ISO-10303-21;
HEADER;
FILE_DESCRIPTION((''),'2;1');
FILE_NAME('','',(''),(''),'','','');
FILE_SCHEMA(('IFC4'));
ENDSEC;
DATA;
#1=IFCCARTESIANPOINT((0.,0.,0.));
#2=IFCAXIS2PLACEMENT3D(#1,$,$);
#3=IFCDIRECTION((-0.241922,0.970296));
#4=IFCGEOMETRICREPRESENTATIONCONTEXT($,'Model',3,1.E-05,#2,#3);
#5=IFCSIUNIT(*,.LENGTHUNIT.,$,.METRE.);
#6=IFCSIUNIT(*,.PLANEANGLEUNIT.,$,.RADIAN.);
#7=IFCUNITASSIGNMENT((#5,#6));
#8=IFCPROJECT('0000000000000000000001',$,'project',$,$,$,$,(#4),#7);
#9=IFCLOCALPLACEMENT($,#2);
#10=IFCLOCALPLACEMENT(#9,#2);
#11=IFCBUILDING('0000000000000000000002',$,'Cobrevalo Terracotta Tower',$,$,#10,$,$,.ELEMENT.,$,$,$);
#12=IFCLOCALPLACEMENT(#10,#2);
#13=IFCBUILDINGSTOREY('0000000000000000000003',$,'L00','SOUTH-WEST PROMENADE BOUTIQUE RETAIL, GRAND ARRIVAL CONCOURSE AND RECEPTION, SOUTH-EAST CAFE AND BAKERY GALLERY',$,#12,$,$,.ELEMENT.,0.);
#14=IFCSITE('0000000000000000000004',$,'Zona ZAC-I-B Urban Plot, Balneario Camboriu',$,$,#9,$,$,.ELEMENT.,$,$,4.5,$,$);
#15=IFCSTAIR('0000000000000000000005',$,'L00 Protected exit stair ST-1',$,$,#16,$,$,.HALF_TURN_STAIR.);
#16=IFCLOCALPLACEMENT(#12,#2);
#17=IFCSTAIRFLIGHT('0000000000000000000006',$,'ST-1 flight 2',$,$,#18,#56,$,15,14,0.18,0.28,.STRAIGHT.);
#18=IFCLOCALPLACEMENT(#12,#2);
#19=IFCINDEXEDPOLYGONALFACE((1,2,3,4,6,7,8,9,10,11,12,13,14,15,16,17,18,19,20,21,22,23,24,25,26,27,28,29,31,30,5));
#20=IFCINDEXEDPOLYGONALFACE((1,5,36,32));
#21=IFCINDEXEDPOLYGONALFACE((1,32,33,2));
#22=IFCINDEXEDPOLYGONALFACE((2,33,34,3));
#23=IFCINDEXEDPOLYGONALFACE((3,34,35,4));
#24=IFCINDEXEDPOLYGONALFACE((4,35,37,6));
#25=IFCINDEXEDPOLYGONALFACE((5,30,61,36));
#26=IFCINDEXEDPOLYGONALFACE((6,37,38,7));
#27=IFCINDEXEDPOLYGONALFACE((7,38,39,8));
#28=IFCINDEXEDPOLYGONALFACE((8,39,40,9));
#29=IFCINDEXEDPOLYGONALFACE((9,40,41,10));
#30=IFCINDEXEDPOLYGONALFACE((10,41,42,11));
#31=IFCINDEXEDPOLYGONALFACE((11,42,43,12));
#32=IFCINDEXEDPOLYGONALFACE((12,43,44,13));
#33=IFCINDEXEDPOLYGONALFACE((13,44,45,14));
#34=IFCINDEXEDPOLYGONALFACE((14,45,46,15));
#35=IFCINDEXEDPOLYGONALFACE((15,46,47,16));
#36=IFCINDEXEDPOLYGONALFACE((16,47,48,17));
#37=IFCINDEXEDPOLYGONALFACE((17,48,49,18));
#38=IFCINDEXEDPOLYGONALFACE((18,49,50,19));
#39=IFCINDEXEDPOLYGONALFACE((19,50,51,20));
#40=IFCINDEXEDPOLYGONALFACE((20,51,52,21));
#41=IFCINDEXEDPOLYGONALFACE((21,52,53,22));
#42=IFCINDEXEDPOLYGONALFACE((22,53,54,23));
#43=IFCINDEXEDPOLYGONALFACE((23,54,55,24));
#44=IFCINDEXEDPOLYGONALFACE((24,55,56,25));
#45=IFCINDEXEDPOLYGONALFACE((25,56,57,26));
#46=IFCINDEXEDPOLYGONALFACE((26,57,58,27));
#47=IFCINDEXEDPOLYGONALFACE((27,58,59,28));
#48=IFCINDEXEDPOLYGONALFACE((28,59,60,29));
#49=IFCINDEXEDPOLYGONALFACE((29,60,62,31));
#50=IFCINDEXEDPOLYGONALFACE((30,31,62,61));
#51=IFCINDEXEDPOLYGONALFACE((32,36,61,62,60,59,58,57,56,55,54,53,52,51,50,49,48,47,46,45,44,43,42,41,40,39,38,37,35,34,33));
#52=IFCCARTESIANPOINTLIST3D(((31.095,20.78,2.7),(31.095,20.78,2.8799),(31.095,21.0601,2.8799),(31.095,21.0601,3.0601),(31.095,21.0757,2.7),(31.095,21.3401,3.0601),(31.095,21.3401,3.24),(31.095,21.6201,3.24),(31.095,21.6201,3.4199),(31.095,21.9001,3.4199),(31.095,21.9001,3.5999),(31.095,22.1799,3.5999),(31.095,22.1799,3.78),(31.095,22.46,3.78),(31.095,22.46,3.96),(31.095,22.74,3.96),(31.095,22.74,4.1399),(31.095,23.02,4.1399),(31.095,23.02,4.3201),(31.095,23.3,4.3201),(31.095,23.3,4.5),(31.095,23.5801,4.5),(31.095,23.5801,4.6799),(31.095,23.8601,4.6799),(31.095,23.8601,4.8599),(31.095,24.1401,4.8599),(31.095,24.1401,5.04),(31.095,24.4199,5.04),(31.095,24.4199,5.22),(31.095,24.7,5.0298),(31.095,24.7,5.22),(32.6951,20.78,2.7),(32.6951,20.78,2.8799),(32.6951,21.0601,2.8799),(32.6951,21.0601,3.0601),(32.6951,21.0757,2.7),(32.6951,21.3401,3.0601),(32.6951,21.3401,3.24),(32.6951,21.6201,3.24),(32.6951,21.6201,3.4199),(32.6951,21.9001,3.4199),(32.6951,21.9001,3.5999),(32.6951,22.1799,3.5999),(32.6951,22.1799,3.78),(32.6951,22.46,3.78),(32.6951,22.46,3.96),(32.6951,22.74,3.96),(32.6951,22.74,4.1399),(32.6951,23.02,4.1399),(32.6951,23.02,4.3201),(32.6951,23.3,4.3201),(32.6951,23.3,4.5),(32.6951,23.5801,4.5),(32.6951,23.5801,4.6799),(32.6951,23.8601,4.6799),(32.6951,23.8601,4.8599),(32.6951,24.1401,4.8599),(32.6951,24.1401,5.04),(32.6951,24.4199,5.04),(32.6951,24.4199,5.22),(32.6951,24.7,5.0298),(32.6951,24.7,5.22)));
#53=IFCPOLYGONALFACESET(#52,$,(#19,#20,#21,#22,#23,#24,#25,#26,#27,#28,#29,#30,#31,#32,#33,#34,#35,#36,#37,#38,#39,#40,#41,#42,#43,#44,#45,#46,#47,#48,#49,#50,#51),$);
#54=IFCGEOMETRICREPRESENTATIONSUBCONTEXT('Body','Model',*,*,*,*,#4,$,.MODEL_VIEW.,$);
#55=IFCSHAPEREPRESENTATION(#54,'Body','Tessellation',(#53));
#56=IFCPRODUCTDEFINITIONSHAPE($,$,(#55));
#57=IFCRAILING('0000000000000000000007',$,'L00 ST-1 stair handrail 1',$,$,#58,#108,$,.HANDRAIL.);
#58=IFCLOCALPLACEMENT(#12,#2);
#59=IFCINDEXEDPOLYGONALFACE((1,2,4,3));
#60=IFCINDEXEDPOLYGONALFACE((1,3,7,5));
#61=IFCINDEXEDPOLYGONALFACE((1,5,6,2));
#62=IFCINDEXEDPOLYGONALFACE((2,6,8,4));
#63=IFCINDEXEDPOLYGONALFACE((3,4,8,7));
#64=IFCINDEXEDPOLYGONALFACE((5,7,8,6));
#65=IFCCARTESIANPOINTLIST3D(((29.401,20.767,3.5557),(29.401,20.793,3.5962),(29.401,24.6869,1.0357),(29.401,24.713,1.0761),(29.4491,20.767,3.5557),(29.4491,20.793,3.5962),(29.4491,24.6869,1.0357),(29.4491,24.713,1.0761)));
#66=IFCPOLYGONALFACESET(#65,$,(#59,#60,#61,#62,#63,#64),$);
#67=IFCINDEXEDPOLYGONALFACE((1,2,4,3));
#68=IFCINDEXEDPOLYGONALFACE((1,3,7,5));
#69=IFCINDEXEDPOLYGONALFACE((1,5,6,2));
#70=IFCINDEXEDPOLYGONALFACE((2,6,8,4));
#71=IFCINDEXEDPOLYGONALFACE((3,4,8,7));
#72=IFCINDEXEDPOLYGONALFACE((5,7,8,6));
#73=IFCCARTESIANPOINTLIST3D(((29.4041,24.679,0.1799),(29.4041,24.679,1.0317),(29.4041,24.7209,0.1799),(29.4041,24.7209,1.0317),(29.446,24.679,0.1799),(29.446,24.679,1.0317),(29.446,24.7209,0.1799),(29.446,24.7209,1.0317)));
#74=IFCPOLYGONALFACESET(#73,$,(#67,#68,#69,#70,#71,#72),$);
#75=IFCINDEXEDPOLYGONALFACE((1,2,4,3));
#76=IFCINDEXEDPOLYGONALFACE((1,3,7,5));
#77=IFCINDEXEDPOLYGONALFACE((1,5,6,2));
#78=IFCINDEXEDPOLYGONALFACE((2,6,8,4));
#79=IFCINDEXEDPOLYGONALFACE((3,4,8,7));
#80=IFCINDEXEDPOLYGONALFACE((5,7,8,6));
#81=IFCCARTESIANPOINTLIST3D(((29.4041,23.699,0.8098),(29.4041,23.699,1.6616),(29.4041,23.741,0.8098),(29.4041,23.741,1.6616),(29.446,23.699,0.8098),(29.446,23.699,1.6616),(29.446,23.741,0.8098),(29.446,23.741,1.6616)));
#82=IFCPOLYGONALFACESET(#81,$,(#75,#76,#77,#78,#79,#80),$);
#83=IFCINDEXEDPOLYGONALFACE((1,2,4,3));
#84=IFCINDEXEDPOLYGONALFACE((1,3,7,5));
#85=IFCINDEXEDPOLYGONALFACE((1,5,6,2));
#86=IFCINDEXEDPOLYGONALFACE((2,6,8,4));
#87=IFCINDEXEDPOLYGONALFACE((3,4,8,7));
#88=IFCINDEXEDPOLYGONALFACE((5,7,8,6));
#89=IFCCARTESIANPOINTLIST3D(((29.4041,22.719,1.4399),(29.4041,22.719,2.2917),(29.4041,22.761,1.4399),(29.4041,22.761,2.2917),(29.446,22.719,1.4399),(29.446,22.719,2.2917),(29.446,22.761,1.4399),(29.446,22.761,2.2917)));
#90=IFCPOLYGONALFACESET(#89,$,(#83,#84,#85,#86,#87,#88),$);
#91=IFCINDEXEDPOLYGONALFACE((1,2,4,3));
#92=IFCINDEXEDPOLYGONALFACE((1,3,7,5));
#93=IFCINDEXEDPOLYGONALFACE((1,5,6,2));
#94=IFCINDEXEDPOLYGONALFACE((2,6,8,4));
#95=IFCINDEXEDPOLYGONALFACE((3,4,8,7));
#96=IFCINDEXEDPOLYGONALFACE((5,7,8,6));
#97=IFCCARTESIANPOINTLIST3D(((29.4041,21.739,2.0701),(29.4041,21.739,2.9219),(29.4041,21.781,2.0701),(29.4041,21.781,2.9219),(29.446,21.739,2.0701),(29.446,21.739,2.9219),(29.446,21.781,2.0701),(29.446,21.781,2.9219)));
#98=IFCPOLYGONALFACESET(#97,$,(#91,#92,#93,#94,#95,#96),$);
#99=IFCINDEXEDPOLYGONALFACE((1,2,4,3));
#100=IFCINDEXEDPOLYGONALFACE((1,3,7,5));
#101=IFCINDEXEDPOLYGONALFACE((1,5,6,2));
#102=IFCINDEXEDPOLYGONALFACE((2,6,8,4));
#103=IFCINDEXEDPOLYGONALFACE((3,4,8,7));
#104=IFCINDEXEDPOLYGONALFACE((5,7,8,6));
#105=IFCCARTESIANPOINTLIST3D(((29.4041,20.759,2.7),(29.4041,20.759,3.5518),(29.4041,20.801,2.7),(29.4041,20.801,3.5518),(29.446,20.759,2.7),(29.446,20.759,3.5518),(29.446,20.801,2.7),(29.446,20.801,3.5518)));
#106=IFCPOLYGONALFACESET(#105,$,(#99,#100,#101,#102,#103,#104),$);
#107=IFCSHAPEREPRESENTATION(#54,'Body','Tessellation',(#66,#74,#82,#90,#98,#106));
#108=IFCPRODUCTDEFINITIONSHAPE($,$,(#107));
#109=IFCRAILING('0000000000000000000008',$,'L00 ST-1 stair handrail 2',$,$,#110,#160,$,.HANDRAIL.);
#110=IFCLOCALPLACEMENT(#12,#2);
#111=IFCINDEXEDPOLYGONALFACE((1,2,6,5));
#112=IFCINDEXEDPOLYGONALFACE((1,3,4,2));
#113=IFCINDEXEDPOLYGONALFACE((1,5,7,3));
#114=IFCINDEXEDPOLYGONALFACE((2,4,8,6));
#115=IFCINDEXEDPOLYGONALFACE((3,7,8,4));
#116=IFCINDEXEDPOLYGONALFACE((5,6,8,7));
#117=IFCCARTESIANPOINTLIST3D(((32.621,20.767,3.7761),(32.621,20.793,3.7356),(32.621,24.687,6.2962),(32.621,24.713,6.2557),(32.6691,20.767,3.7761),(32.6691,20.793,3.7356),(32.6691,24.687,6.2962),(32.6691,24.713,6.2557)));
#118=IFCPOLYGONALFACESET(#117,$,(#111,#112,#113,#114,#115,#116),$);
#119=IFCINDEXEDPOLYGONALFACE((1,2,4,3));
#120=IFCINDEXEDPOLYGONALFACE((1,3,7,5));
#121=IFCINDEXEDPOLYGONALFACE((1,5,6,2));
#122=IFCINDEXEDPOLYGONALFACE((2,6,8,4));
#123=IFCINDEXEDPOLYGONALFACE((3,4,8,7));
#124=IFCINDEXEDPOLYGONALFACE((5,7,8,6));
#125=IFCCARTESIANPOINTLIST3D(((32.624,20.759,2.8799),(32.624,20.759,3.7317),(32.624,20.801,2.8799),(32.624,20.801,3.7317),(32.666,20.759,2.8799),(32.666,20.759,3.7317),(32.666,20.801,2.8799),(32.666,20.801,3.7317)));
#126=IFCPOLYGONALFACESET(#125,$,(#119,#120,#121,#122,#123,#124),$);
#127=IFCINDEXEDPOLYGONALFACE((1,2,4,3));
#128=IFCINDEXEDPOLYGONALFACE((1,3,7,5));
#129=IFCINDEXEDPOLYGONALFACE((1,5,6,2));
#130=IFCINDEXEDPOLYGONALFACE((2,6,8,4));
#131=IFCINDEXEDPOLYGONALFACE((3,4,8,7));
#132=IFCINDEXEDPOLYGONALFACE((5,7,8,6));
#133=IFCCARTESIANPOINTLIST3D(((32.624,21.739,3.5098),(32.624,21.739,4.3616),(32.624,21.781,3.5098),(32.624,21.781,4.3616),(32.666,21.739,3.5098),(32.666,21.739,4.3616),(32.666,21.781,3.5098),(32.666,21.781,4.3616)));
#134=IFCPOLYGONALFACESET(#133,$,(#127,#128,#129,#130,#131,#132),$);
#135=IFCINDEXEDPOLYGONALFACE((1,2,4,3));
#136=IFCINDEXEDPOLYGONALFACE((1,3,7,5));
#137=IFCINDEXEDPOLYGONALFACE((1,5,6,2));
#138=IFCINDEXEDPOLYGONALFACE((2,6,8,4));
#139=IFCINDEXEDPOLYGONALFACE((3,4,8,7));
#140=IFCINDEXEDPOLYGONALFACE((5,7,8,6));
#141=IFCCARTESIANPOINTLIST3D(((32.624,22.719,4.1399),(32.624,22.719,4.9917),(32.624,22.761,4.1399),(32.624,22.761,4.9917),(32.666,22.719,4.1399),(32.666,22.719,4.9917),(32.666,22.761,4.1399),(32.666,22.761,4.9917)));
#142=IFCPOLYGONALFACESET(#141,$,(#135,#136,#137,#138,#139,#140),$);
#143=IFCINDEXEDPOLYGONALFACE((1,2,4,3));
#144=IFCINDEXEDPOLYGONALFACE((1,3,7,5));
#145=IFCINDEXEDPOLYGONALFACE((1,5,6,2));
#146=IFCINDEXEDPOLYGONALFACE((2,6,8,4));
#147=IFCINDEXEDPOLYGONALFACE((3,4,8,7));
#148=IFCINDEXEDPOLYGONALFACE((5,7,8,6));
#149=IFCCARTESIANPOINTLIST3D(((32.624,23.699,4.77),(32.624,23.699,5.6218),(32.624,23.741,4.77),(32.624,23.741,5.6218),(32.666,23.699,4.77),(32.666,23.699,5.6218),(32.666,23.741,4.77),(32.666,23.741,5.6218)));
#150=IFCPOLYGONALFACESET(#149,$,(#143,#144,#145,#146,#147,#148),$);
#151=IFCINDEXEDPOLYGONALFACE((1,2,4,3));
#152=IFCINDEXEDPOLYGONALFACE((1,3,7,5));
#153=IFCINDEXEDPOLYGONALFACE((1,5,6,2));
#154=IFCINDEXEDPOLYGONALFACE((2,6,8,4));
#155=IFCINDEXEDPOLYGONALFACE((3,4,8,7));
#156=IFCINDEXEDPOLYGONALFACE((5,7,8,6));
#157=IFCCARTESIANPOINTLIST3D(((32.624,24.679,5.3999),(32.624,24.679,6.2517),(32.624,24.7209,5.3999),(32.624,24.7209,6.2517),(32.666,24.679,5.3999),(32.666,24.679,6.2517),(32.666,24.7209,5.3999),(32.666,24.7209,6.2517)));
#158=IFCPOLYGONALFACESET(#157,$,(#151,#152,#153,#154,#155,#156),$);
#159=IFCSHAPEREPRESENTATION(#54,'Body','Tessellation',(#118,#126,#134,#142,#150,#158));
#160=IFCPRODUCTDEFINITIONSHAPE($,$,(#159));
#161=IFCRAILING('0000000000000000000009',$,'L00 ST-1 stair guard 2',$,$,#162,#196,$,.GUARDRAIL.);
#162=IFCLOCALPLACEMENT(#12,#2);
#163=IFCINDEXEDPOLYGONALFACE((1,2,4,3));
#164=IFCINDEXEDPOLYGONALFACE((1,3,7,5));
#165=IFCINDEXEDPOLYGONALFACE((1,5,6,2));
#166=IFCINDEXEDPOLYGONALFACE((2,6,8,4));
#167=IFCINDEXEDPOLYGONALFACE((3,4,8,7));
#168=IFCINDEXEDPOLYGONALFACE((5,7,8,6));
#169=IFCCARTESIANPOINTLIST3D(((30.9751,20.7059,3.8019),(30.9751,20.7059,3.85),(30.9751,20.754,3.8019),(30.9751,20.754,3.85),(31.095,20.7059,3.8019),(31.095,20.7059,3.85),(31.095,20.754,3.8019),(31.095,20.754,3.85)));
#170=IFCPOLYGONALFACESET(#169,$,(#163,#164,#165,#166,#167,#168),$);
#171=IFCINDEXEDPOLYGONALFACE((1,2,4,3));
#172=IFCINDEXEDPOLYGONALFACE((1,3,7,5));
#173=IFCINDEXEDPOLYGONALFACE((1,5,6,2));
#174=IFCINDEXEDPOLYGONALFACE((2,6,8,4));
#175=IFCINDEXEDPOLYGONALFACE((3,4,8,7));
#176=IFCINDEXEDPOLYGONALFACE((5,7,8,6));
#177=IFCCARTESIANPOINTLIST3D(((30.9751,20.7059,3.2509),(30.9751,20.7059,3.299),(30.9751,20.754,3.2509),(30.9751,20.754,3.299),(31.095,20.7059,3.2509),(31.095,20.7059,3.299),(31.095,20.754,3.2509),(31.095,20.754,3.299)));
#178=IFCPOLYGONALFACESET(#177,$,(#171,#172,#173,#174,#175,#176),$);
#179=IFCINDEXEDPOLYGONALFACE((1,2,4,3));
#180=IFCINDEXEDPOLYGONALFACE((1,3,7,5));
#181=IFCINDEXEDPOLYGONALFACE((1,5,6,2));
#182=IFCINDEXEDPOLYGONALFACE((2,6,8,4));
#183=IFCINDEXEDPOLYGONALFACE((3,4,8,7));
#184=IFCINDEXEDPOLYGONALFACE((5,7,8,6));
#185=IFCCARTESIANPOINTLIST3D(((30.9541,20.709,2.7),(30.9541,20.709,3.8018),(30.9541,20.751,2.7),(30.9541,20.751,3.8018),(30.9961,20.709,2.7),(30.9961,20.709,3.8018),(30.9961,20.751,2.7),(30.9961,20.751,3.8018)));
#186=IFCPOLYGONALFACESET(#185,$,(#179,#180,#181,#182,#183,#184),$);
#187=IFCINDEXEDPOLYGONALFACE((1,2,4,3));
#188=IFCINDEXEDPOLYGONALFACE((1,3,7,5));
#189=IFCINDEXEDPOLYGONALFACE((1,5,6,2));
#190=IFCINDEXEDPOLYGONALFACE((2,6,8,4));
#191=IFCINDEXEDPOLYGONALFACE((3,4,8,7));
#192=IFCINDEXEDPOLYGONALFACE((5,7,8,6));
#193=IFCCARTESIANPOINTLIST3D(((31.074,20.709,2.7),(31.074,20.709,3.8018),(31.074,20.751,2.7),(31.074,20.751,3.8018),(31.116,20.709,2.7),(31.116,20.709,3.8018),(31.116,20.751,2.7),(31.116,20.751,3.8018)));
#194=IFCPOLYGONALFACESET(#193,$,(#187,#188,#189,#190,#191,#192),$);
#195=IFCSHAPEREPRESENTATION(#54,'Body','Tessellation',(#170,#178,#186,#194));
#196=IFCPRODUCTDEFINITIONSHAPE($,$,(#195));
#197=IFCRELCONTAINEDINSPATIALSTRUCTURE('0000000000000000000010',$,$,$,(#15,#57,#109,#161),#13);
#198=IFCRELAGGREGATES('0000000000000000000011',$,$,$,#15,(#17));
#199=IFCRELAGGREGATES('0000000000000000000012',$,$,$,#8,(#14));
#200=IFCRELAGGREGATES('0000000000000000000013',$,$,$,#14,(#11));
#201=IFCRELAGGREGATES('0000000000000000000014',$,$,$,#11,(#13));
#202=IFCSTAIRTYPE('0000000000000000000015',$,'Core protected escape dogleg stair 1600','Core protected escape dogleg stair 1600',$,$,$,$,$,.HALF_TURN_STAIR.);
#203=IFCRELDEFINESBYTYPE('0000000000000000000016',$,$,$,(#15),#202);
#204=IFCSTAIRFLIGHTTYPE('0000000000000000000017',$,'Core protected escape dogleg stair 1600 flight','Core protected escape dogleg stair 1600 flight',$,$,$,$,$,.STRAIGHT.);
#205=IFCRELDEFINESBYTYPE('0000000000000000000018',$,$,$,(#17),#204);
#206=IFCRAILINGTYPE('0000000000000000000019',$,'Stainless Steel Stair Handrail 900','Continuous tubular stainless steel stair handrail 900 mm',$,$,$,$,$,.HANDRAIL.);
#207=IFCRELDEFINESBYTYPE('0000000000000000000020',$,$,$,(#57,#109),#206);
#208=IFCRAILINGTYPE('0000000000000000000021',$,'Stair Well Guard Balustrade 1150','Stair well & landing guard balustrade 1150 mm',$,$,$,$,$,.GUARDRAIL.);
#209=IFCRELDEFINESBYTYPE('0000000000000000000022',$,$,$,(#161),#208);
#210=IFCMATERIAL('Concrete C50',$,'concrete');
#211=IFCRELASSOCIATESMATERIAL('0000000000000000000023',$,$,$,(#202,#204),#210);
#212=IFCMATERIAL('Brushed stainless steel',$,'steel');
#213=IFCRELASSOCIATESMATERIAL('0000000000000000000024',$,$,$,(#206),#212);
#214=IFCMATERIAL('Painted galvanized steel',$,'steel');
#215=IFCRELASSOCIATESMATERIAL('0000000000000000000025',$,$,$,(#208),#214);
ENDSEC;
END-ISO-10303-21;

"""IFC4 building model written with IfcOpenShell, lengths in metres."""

from ifc_helpers import new_model, si_unit, direction, frame, origin, origin_2d, place, context, subcontext, project, spatial, polyline, rectangle, outline, extrude, material, type_object, element, aggregate, save


model = new_model("IFC4")

# Units and contexts
model_context = context("Model", 3, precision=1e-05, world=origin(), true_north=direction((-0.241922, 0.970296)))
body_context = subcontext(model_context, "Body", "Model", "MODEL_VIEW")
ifc_project = project(units=[si_unit("LENGTHUNIT", "METRE"), si_unit("PLANEANGLEUNIT", "RADIAN")], contexts=[model_context])

# Site, building, storey
site_placement = place(None, origin())
site = spatial("IfcSite", under=ifc_project, at=site_placement, Name="Zona ZAC-I-B Urban Plot, Balneario Camboriu", CompositionType="ELEMENT", RefElevation=4.5)
building_placement = place(site_placement, origin())
building = spatial("IfcBuilding", under=site, at=building_placement, Name="Cobrevalo Terracotta Tower", CompositionType="ELEMENT")
storey_placement = place(building_placement, origin())
storey = spatial("IfcBuildingStorey", under=building, at=storey_placement, Name="L00", Description="SOUTH-WEST PROMENADE BOUTIQUE RETAIL, GRAND ARRIVAL CONCOURSE AND RECEPTION, SOUTH-EAST CAFE AND BAKERY GALLERY", CompositionType="ELEMENT", Elevation=0.0)

# Shared definitions
ifc_material_1 = material(Name="Concrete C50", Category="concrete")

# Stair, stair flight
stair_type = type_object("IfcStairType", Name="Core protected escape dogleg stair 1600", Description="Core protected escape dogleg stair 1600", PredefinedType="HALF_TURN_STAIR", material=ifc_material_1)
stair_placement = place(storey_placement, origin())
stair = element("IfcStair", 1, at=stair_placement, inside=storey, type_object=stair_type, Name="L00 Protected exit stair ST-1", PredefinedType="HALF_TURN_STAIR")
stair_flight_type = type_object("IfcStairFlightType", Name="Core protected escape dogleg stair 1600 flight", Description="Core protected escape dogleg stair 1600 flight", PredefinedType="STRAIGHT", material=ifc_material_1)
stair_flight_placement = place(storey_placement, frame((31.895, 20.78, 2.7), z_axis=(0.0, 0.0, 1.0), x_axis=(0.0, 1.0, 0.0)))
stair_flight = element("IfcStairFlight", 2, at=stair_flight_placement, type_object=stair_flight_type, Name="ST-1 flight 2", NumberOfRisers=15, NumberOfTreads=14, PredefinedType="STRAIGHT", RiserHeight=0.18, TreadLength=0.28, context=body_context, shape_type="SweptSolid", body=[
    extrude(outline(polyline([(0.0, 0.0), (0.0, 0.1799), (0.28, 0.1799), (0.28, 0.3601), (0.5601, 0.3601), (0.5601, 0.54), (0.8401, 0.54), (0.8401, 0.72), (1.1201, 0.72), (1.1201, 0.8999), (1.3999, 0.8999), (1.3999, 1.0801), (1.6799, 1.0801), (1.6799, 1.26), (1.96, 1.26), (1.96, 1.4399), (2.24, 1.4399), (2.24, 1.6201), (2.52, 1.6201), (2.52, 1.8), (2.8, 1.8), (2.8, 1.98), (3.0801, 1.98), (3.0801, 2.1599), (3.3601, 2.1599), (3.3601, 2.3401), (3.6399, 2.3401), (3.6399, 2.52), (3.9199, 2.52), (3.9199, 2.7), (3.9199, 2.3298), (0.2957, 0.0), (0.0, 0.0)])), frame((0.0, 0.8, 0.0), z_axis=(0.0, -1.0, 0.0), x_axis=(1.0, 0.0, 0.0)), (0.0, 0.0, 1.0), 1.6001),
])
aggregate(stair, [stair_flight])

# Railings
ifc_material_2 = material(Name="Brushed stainless steel", Category="steel")
railing_type_1 = type_object("IfcRailingType", Name="Stainless Steel Stair Handrail 900", Description="Continuous tubular stainless steel stair handrail 900 mm", PredefinedType="HANDRAIL", material=ifc_material_2)
railing_1_placement = place(storey_placement, frame((29.425, 24.7, 0.1799)))
element("IfcRailing", 3, at=railing_1_placement, inside=storey, type_object=railing_type_1, Name="L00 ST-1 stair handrail 1", PredefinedType="HANDRAIL", context=body_context, shape_type="SweptSolid", body=[
    extrude(rectangle(XDim=0.0481, YDim=0.0481, at=origin_2d()), frame((0.0, 0.0, 0.876), z_axis=(0.0, -0.841172, 0.540768), x_axis=(1.0, 0.0, 0.0)), (0.0, 0.0, 1.0), 4.6602),
    extrude(rectangle(XDim=0.042, YDim=0.042, at=origin_2d()), origin(), (0.0, 0.0, 1.0), 0.8518),
    extrude(rectangle(XDim=0.042, YDim=0.042, at=origin_2d()), frame((0.0, -0.98, 0.6299)), (0.0, 0.0, 1.0), 0.8518),
    extrude(rectangle(XDim=0.042, YDim=0.042, at=origin_2d()), frame((0.0, -1.96, 1.26)), (0.0, 0.0, 1.0), 0.8518),
    extrude(rectangle(XDim=0.042, YDim=0.042, at=origin_2d()), frame((0.0, -2.9399, 1.8901)), (0.0, 0.0, 1.0), 0.8518),
    extrude(rectangle(XDim=0.042, YDim=0.042, at=origin_2d()), frame((0.0, -3.9199, 2.52)), (0.0, 0.0, 1.0), 0.8518),
])
railing_2_placement = place(storey_placement, frame((32.645, 20.78, 2.8799)))
element("IfcRailing", 4, at=railing_2_placement, inside=storey, type_object=railing_type_1, Name="L00 ST-1 stair handrail 2", PredefinedType="HANDRAIL", context=body_context, shape_type="SweptSolid", body=[
    extrude(rectangle(XDim=0.0481, YDim=0.0481, at=origin_2d()), frame((0.0, 0.0, 0.876), z_axis=(0.0, 0.841172, 0.540768), x_axis=(-1.0, 0.0, 0.0)), (0.0, 0.0, 1.0), 4.6602),
    extrude(rectangle(XDim=0.042, YDim=0.042, at=origin_2d()), origin(), (0.0, 0.0, 1.0), 0.8518),
    extrude(rectangle(XDim=0.042, YDim=0.042, at=origin_2d()), frame((0.0, 0.98, 0.6299)), (0.0, 0.0, 1.0), 0.8518),
    extrude(rectangle(XDim=0.042, YDim=0.042, at=origin_2d()), frame((0.0, 1.96, 1.26)), (0.0, 0.0, 1.0), 0.8518),
    extrude(rectangle(XDim=0.042, YDim=0.042, at=origin_2d()), frame((0.0, 2.9399, 1.8901)), (0.0, 0.0, 1.0), 0.8518),
    extrude(rectangle(XDim=0.042, YDim=0.042, at=origin_2d()), frame((0.0, 3.9199, 2.52)), (0.0, 0.0, 1.0), 0.8518),
])
ifc_material_3 = material(Name="Painted galvanized steel", Category="steel")
railing_type_2 = type_object("IfcRailingType", Name="Stair Well Guard Balustrade 1150", Description="Stair well & landing guard balustrade 1150 mm", PredefinedType="GUARDRAIL", material=ifc_material_3)
railing_3_placement = place(storey_placement, frame((30.9751, 20.73, 2.7)))
element("IfcRailing", 5, at=railing_3_placement, inside=storey, type_object=railing_type_2, Name="L00 ST-1 stair guard 2", PredefinedType="GUARDRAIL", context=body_context, shape_type="SweptSolid", body=[
    extrude(rectangle(XDim=0.0481, YDim=0.0481, at=origin_2d()), frame((0.0, 0.0, 1.126), z_axis=(1.0, 0.0, 0.0), x_axis=(0.0, 1.0, 0.0)), (0.0, 0.0, 1.0), 0.1199),
    extrude(rectangle(XDim=0.0481, YDim=0.0481, at=origin_2d()), frame((0.0, 0.0, 0.575), z_axis=(1.0, 0.0, 0.0), x_axis=(0.0, 1.0, 0.0)), (0.0, 0.0, 1.0), 0.1199),
    extrude(rectangle(XDim=0.042, YDim=0.042, at=origin_2d()), origin(), (0.0, 0.0, 1.0), 1.1018),
    extrude(rectangle(XDim=0.042, YDim=0.042, at=origin_2d()), frame((0.1199, 0.0, 0.0)), (0.0, 0.0, 1.0), 1.1018),
])

save(model, "model.ifc")
